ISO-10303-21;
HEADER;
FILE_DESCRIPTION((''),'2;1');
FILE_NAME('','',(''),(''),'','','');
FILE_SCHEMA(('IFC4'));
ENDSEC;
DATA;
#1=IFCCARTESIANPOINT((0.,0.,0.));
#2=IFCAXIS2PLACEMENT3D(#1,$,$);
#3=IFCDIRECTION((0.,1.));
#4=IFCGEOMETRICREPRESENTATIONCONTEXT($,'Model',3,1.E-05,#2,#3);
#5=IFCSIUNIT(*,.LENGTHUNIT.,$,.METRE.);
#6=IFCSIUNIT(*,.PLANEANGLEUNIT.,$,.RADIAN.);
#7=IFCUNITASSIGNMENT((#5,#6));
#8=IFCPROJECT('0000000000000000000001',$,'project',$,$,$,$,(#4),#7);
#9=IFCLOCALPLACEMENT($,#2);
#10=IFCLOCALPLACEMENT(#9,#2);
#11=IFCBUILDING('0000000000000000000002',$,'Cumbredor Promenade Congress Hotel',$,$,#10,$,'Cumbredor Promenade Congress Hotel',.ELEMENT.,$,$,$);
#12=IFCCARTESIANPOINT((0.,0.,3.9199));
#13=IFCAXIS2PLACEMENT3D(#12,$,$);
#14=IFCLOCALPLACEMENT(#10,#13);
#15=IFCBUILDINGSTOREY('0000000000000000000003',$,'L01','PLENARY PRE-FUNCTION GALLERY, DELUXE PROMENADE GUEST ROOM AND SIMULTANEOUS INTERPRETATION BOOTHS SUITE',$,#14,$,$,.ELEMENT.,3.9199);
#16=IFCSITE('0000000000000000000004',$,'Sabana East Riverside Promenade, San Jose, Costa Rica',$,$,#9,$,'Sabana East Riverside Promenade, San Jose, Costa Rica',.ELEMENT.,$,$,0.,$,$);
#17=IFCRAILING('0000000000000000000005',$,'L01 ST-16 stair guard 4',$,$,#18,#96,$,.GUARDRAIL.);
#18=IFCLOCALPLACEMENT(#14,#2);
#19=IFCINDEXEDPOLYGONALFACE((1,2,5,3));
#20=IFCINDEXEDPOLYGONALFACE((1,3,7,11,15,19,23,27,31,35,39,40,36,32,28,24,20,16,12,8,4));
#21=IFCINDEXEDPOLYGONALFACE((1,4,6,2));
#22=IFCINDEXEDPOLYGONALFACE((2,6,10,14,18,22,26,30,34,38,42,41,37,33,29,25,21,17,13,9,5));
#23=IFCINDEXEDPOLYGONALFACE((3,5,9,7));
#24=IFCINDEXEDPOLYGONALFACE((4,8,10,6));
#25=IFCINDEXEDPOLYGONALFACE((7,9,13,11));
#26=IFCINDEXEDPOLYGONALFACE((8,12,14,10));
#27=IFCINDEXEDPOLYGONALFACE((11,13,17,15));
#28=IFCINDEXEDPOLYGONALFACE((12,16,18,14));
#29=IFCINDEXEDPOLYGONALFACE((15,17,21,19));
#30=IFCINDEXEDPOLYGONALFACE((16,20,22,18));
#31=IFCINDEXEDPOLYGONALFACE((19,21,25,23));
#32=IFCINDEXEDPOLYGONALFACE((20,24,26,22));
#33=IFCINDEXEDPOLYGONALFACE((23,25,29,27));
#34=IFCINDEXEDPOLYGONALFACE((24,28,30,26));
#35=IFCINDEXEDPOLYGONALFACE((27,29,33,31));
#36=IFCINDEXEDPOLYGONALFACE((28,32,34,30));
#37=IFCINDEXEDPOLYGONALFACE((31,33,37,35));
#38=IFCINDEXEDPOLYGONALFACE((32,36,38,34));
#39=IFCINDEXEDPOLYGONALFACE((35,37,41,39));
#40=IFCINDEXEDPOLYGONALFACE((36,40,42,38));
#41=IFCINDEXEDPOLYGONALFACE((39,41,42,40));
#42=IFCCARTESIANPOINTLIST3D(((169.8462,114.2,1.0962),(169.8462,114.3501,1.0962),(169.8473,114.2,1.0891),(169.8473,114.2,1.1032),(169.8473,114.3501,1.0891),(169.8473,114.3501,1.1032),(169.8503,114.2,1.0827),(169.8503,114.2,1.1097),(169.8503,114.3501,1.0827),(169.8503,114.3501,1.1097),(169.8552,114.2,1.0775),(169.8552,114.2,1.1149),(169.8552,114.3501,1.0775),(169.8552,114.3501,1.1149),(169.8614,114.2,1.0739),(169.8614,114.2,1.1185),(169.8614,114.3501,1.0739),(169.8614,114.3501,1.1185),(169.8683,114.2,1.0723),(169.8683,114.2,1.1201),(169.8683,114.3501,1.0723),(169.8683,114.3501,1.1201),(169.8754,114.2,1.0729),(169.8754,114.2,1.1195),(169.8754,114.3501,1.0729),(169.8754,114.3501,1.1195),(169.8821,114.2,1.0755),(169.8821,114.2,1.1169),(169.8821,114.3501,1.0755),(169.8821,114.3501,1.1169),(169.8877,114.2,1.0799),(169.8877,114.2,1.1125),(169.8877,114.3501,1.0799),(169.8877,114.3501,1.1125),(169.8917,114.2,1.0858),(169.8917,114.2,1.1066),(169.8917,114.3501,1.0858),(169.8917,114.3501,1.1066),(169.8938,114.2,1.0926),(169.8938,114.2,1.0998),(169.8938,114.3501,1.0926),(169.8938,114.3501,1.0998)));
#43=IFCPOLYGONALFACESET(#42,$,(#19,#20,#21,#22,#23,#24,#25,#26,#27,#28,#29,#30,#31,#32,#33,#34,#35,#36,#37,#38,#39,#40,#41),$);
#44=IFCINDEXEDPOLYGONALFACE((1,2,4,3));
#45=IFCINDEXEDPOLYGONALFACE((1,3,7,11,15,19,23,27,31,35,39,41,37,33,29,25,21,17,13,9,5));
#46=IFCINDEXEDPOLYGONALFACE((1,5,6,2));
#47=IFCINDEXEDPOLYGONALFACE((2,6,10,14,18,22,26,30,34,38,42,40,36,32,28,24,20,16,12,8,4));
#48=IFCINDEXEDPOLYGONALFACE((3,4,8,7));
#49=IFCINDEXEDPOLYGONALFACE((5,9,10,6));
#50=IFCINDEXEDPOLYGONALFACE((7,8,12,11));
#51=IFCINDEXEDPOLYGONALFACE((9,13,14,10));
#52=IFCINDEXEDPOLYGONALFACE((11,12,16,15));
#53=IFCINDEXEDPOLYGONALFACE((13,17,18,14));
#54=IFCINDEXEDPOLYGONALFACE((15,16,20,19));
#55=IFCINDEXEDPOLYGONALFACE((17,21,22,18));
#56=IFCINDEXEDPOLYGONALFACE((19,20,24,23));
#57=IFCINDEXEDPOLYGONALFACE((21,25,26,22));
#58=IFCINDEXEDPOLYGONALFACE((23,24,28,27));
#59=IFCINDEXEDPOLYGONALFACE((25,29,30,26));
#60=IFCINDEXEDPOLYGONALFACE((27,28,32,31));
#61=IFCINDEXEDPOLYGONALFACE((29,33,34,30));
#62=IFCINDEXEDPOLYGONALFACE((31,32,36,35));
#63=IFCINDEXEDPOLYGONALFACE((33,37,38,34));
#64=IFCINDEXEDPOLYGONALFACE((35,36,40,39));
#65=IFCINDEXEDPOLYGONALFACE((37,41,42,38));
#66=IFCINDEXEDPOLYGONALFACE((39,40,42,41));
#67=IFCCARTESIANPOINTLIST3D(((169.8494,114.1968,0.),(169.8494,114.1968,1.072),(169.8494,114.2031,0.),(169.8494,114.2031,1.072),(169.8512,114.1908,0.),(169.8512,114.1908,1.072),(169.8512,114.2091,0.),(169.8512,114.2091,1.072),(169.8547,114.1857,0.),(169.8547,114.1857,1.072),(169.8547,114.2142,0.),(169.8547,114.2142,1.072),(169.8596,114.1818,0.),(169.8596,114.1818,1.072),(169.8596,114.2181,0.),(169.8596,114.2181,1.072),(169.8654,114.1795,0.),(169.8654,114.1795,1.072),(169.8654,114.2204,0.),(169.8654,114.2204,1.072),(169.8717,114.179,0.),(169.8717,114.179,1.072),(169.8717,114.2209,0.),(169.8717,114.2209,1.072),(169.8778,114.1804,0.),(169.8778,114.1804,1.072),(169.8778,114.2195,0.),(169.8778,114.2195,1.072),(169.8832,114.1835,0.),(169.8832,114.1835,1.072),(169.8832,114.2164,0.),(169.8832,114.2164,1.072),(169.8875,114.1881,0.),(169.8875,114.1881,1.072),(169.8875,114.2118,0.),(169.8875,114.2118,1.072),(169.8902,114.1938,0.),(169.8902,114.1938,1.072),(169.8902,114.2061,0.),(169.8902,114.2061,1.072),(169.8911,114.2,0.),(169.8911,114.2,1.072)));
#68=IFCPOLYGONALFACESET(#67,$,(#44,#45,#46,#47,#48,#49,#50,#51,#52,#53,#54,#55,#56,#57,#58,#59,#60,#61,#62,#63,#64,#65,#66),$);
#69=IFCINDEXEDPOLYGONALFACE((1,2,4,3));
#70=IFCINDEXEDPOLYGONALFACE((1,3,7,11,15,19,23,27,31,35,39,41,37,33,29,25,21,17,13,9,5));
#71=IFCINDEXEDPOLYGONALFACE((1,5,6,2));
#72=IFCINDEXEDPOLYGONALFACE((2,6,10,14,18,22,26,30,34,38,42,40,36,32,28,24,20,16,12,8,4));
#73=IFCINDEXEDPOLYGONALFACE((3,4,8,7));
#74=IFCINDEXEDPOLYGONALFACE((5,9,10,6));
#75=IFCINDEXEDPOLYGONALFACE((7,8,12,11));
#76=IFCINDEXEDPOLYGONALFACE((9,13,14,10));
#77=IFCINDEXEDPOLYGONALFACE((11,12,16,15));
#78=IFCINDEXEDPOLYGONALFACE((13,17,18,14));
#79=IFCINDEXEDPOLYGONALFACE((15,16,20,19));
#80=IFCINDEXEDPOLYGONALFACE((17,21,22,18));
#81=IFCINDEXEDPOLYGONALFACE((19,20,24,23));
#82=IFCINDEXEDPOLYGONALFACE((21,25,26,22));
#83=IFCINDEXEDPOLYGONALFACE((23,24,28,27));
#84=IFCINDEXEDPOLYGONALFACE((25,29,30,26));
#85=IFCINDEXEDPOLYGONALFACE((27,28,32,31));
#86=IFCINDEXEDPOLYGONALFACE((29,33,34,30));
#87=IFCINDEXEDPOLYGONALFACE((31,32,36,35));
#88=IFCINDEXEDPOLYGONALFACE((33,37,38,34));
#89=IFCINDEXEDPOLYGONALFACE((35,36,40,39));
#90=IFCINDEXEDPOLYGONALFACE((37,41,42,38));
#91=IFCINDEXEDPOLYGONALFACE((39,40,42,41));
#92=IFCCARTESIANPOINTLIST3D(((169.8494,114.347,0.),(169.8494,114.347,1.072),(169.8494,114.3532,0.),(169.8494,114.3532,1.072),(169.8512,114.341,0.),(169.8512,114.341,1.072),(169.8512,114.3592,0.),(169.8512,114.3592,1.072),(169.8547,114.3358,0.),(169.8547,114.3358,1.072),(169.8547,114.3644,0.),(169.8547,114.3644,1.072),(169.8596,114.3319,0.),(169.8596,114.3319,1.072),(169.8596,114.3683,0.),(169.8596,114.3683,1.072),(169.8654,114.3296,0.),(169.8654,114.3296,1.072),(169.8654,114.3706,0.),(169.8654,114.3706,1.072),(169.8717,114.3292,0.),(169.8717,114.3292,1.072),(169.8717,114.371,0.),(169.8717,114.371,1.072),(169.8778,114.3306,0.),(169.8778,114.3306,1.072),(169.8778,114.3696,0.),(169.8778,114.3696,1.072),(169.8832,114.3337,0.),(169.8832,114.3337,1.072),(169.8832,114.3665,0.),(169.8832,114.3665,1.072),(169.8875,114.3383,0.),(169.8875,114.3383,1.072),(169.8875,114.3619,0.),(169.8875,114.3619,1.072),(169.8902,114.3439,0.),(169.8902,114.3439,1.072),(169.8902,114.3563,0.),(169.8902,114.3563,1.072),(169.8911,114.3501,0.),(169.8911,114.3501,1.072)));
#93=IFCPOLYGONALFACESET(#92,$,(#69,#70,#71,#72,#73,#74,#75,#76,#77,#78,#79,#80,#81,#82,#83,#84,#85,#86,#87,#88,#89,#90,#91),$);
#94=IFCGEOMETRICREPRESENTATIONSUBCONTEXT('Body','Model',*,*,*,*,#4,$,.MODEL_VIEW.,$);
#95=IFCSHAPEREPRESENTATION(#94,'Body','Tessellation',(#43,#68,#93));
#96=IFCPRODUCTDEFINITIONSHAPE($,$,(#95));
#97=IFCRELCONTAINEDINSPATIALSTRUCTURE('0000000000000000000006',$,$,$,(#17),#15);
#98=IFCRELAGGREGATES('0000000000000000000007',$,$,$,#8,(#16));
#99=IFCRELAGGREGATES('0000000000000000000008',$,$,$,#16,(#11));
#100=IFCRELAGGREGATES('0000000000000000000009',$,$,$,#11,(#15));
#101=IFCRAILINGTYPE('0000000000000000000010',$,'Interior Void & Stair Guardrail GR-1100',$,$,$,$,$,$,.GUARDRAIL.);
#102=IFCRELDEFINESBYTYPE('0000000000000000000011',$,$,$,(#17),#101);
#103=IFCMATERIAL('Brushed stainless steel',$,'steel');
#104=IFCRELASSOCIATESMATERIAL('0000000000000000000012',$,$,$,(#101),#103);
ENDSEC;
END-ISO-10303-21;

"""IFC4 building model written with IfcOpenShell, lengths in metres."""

from ifc_helpers import new_model, si_unit, direction, frame, origin, origin_2d, place, context, subcontext, project, spatial, circle, extrude, material, type_object, element, save


model = new_model("IFC4")

# Units and contexts
model_context = context("Model", 3, precision=1e-05, world=origin(), true_north=direction((0.0, 1.0)))
body_context = subcontext(model_context, "Body", "Model", "MODEL_VIEW")
ifc_project = project(units=[si_unit("LENGTHUNIT", "METRE"), si_unit("PLANEANGLEUNIT", "RADIAN")], contexts=[model_context])

# Site, building, storey
site_placement = place(None, origin())
site = spatial("IfcSite", under=ifc_project, at=site_placement, Name="Sabana East Riverside Promenade, San Jose, Costa Rica", LongName="Sabana East Riverside Promenade, San Jose, Costa Rica", CompositionType="ELEMENT", RefElevation=0.0)
building_placement = place(site_placement, origin())
building = spatial("IfcBuilding", under=site, at=building_placement, Name="Cumbredor Promenade Congress Hotel", LongName="Cumbredor Promenade Congress Hotel", CompositionType="ELEMENT")
storey_placement = place(building_placement, frame((0.0, 0.0, 3.9199)))
storey = spatial("IfcBuildingStorey", under=building, at=storey_placement, Name="L01", Description="PLENARY PRE-FUNCTION GALLERY, DELUXE PROMENADE GUEST ROOM AND SIMULTANEOUS INTERPRETATION BOOTHS SUITE", CompositionType="ELEMENT", Elevation=3.9199)

# Railing
ifc_material_1 = material(Name="Brushed stainless steel", Category="steel")
railing_type_1 = type_object("IfcRailingType", Name="Interior Void & Stair Guardrail GR-1100", PredefinedType="GUARDRAIL", material=ifc_material_1)
railing_1_placement = place(storey_placement, frame((169.8701, 114.2, 0.0)))
element("IfcRailing", 1, at=railing_1_placement, inside=storey, type_object=railing_type_1, Name="L01 ST-16 stair guard 4", PredefinedType="GUARDRAIL", context=body_context, shape_type="SweptSolid", body=[
    extrude(circle(Radius=0.0239, at=origin_2d()), frame((0.0, 0.0, 1.0962), z_axis=(0.0, 1.0, 0.0), x_axis=(-1.0, 0.0, 0.0)), (0.0, 0.0, 1.0), 0.1501),
    extrude(circle(Radius=0.021, at=origin_2d()), origin(), (0.0, 0.0, 1.0), 1.072),
    extrude(circle(Radius=0.021, at=origin_2d()), frame((0.0, 0.1501, 0.0)), (0.0, 0.0, 1.0), 1.072),
])

save(model, "model.ifc")
